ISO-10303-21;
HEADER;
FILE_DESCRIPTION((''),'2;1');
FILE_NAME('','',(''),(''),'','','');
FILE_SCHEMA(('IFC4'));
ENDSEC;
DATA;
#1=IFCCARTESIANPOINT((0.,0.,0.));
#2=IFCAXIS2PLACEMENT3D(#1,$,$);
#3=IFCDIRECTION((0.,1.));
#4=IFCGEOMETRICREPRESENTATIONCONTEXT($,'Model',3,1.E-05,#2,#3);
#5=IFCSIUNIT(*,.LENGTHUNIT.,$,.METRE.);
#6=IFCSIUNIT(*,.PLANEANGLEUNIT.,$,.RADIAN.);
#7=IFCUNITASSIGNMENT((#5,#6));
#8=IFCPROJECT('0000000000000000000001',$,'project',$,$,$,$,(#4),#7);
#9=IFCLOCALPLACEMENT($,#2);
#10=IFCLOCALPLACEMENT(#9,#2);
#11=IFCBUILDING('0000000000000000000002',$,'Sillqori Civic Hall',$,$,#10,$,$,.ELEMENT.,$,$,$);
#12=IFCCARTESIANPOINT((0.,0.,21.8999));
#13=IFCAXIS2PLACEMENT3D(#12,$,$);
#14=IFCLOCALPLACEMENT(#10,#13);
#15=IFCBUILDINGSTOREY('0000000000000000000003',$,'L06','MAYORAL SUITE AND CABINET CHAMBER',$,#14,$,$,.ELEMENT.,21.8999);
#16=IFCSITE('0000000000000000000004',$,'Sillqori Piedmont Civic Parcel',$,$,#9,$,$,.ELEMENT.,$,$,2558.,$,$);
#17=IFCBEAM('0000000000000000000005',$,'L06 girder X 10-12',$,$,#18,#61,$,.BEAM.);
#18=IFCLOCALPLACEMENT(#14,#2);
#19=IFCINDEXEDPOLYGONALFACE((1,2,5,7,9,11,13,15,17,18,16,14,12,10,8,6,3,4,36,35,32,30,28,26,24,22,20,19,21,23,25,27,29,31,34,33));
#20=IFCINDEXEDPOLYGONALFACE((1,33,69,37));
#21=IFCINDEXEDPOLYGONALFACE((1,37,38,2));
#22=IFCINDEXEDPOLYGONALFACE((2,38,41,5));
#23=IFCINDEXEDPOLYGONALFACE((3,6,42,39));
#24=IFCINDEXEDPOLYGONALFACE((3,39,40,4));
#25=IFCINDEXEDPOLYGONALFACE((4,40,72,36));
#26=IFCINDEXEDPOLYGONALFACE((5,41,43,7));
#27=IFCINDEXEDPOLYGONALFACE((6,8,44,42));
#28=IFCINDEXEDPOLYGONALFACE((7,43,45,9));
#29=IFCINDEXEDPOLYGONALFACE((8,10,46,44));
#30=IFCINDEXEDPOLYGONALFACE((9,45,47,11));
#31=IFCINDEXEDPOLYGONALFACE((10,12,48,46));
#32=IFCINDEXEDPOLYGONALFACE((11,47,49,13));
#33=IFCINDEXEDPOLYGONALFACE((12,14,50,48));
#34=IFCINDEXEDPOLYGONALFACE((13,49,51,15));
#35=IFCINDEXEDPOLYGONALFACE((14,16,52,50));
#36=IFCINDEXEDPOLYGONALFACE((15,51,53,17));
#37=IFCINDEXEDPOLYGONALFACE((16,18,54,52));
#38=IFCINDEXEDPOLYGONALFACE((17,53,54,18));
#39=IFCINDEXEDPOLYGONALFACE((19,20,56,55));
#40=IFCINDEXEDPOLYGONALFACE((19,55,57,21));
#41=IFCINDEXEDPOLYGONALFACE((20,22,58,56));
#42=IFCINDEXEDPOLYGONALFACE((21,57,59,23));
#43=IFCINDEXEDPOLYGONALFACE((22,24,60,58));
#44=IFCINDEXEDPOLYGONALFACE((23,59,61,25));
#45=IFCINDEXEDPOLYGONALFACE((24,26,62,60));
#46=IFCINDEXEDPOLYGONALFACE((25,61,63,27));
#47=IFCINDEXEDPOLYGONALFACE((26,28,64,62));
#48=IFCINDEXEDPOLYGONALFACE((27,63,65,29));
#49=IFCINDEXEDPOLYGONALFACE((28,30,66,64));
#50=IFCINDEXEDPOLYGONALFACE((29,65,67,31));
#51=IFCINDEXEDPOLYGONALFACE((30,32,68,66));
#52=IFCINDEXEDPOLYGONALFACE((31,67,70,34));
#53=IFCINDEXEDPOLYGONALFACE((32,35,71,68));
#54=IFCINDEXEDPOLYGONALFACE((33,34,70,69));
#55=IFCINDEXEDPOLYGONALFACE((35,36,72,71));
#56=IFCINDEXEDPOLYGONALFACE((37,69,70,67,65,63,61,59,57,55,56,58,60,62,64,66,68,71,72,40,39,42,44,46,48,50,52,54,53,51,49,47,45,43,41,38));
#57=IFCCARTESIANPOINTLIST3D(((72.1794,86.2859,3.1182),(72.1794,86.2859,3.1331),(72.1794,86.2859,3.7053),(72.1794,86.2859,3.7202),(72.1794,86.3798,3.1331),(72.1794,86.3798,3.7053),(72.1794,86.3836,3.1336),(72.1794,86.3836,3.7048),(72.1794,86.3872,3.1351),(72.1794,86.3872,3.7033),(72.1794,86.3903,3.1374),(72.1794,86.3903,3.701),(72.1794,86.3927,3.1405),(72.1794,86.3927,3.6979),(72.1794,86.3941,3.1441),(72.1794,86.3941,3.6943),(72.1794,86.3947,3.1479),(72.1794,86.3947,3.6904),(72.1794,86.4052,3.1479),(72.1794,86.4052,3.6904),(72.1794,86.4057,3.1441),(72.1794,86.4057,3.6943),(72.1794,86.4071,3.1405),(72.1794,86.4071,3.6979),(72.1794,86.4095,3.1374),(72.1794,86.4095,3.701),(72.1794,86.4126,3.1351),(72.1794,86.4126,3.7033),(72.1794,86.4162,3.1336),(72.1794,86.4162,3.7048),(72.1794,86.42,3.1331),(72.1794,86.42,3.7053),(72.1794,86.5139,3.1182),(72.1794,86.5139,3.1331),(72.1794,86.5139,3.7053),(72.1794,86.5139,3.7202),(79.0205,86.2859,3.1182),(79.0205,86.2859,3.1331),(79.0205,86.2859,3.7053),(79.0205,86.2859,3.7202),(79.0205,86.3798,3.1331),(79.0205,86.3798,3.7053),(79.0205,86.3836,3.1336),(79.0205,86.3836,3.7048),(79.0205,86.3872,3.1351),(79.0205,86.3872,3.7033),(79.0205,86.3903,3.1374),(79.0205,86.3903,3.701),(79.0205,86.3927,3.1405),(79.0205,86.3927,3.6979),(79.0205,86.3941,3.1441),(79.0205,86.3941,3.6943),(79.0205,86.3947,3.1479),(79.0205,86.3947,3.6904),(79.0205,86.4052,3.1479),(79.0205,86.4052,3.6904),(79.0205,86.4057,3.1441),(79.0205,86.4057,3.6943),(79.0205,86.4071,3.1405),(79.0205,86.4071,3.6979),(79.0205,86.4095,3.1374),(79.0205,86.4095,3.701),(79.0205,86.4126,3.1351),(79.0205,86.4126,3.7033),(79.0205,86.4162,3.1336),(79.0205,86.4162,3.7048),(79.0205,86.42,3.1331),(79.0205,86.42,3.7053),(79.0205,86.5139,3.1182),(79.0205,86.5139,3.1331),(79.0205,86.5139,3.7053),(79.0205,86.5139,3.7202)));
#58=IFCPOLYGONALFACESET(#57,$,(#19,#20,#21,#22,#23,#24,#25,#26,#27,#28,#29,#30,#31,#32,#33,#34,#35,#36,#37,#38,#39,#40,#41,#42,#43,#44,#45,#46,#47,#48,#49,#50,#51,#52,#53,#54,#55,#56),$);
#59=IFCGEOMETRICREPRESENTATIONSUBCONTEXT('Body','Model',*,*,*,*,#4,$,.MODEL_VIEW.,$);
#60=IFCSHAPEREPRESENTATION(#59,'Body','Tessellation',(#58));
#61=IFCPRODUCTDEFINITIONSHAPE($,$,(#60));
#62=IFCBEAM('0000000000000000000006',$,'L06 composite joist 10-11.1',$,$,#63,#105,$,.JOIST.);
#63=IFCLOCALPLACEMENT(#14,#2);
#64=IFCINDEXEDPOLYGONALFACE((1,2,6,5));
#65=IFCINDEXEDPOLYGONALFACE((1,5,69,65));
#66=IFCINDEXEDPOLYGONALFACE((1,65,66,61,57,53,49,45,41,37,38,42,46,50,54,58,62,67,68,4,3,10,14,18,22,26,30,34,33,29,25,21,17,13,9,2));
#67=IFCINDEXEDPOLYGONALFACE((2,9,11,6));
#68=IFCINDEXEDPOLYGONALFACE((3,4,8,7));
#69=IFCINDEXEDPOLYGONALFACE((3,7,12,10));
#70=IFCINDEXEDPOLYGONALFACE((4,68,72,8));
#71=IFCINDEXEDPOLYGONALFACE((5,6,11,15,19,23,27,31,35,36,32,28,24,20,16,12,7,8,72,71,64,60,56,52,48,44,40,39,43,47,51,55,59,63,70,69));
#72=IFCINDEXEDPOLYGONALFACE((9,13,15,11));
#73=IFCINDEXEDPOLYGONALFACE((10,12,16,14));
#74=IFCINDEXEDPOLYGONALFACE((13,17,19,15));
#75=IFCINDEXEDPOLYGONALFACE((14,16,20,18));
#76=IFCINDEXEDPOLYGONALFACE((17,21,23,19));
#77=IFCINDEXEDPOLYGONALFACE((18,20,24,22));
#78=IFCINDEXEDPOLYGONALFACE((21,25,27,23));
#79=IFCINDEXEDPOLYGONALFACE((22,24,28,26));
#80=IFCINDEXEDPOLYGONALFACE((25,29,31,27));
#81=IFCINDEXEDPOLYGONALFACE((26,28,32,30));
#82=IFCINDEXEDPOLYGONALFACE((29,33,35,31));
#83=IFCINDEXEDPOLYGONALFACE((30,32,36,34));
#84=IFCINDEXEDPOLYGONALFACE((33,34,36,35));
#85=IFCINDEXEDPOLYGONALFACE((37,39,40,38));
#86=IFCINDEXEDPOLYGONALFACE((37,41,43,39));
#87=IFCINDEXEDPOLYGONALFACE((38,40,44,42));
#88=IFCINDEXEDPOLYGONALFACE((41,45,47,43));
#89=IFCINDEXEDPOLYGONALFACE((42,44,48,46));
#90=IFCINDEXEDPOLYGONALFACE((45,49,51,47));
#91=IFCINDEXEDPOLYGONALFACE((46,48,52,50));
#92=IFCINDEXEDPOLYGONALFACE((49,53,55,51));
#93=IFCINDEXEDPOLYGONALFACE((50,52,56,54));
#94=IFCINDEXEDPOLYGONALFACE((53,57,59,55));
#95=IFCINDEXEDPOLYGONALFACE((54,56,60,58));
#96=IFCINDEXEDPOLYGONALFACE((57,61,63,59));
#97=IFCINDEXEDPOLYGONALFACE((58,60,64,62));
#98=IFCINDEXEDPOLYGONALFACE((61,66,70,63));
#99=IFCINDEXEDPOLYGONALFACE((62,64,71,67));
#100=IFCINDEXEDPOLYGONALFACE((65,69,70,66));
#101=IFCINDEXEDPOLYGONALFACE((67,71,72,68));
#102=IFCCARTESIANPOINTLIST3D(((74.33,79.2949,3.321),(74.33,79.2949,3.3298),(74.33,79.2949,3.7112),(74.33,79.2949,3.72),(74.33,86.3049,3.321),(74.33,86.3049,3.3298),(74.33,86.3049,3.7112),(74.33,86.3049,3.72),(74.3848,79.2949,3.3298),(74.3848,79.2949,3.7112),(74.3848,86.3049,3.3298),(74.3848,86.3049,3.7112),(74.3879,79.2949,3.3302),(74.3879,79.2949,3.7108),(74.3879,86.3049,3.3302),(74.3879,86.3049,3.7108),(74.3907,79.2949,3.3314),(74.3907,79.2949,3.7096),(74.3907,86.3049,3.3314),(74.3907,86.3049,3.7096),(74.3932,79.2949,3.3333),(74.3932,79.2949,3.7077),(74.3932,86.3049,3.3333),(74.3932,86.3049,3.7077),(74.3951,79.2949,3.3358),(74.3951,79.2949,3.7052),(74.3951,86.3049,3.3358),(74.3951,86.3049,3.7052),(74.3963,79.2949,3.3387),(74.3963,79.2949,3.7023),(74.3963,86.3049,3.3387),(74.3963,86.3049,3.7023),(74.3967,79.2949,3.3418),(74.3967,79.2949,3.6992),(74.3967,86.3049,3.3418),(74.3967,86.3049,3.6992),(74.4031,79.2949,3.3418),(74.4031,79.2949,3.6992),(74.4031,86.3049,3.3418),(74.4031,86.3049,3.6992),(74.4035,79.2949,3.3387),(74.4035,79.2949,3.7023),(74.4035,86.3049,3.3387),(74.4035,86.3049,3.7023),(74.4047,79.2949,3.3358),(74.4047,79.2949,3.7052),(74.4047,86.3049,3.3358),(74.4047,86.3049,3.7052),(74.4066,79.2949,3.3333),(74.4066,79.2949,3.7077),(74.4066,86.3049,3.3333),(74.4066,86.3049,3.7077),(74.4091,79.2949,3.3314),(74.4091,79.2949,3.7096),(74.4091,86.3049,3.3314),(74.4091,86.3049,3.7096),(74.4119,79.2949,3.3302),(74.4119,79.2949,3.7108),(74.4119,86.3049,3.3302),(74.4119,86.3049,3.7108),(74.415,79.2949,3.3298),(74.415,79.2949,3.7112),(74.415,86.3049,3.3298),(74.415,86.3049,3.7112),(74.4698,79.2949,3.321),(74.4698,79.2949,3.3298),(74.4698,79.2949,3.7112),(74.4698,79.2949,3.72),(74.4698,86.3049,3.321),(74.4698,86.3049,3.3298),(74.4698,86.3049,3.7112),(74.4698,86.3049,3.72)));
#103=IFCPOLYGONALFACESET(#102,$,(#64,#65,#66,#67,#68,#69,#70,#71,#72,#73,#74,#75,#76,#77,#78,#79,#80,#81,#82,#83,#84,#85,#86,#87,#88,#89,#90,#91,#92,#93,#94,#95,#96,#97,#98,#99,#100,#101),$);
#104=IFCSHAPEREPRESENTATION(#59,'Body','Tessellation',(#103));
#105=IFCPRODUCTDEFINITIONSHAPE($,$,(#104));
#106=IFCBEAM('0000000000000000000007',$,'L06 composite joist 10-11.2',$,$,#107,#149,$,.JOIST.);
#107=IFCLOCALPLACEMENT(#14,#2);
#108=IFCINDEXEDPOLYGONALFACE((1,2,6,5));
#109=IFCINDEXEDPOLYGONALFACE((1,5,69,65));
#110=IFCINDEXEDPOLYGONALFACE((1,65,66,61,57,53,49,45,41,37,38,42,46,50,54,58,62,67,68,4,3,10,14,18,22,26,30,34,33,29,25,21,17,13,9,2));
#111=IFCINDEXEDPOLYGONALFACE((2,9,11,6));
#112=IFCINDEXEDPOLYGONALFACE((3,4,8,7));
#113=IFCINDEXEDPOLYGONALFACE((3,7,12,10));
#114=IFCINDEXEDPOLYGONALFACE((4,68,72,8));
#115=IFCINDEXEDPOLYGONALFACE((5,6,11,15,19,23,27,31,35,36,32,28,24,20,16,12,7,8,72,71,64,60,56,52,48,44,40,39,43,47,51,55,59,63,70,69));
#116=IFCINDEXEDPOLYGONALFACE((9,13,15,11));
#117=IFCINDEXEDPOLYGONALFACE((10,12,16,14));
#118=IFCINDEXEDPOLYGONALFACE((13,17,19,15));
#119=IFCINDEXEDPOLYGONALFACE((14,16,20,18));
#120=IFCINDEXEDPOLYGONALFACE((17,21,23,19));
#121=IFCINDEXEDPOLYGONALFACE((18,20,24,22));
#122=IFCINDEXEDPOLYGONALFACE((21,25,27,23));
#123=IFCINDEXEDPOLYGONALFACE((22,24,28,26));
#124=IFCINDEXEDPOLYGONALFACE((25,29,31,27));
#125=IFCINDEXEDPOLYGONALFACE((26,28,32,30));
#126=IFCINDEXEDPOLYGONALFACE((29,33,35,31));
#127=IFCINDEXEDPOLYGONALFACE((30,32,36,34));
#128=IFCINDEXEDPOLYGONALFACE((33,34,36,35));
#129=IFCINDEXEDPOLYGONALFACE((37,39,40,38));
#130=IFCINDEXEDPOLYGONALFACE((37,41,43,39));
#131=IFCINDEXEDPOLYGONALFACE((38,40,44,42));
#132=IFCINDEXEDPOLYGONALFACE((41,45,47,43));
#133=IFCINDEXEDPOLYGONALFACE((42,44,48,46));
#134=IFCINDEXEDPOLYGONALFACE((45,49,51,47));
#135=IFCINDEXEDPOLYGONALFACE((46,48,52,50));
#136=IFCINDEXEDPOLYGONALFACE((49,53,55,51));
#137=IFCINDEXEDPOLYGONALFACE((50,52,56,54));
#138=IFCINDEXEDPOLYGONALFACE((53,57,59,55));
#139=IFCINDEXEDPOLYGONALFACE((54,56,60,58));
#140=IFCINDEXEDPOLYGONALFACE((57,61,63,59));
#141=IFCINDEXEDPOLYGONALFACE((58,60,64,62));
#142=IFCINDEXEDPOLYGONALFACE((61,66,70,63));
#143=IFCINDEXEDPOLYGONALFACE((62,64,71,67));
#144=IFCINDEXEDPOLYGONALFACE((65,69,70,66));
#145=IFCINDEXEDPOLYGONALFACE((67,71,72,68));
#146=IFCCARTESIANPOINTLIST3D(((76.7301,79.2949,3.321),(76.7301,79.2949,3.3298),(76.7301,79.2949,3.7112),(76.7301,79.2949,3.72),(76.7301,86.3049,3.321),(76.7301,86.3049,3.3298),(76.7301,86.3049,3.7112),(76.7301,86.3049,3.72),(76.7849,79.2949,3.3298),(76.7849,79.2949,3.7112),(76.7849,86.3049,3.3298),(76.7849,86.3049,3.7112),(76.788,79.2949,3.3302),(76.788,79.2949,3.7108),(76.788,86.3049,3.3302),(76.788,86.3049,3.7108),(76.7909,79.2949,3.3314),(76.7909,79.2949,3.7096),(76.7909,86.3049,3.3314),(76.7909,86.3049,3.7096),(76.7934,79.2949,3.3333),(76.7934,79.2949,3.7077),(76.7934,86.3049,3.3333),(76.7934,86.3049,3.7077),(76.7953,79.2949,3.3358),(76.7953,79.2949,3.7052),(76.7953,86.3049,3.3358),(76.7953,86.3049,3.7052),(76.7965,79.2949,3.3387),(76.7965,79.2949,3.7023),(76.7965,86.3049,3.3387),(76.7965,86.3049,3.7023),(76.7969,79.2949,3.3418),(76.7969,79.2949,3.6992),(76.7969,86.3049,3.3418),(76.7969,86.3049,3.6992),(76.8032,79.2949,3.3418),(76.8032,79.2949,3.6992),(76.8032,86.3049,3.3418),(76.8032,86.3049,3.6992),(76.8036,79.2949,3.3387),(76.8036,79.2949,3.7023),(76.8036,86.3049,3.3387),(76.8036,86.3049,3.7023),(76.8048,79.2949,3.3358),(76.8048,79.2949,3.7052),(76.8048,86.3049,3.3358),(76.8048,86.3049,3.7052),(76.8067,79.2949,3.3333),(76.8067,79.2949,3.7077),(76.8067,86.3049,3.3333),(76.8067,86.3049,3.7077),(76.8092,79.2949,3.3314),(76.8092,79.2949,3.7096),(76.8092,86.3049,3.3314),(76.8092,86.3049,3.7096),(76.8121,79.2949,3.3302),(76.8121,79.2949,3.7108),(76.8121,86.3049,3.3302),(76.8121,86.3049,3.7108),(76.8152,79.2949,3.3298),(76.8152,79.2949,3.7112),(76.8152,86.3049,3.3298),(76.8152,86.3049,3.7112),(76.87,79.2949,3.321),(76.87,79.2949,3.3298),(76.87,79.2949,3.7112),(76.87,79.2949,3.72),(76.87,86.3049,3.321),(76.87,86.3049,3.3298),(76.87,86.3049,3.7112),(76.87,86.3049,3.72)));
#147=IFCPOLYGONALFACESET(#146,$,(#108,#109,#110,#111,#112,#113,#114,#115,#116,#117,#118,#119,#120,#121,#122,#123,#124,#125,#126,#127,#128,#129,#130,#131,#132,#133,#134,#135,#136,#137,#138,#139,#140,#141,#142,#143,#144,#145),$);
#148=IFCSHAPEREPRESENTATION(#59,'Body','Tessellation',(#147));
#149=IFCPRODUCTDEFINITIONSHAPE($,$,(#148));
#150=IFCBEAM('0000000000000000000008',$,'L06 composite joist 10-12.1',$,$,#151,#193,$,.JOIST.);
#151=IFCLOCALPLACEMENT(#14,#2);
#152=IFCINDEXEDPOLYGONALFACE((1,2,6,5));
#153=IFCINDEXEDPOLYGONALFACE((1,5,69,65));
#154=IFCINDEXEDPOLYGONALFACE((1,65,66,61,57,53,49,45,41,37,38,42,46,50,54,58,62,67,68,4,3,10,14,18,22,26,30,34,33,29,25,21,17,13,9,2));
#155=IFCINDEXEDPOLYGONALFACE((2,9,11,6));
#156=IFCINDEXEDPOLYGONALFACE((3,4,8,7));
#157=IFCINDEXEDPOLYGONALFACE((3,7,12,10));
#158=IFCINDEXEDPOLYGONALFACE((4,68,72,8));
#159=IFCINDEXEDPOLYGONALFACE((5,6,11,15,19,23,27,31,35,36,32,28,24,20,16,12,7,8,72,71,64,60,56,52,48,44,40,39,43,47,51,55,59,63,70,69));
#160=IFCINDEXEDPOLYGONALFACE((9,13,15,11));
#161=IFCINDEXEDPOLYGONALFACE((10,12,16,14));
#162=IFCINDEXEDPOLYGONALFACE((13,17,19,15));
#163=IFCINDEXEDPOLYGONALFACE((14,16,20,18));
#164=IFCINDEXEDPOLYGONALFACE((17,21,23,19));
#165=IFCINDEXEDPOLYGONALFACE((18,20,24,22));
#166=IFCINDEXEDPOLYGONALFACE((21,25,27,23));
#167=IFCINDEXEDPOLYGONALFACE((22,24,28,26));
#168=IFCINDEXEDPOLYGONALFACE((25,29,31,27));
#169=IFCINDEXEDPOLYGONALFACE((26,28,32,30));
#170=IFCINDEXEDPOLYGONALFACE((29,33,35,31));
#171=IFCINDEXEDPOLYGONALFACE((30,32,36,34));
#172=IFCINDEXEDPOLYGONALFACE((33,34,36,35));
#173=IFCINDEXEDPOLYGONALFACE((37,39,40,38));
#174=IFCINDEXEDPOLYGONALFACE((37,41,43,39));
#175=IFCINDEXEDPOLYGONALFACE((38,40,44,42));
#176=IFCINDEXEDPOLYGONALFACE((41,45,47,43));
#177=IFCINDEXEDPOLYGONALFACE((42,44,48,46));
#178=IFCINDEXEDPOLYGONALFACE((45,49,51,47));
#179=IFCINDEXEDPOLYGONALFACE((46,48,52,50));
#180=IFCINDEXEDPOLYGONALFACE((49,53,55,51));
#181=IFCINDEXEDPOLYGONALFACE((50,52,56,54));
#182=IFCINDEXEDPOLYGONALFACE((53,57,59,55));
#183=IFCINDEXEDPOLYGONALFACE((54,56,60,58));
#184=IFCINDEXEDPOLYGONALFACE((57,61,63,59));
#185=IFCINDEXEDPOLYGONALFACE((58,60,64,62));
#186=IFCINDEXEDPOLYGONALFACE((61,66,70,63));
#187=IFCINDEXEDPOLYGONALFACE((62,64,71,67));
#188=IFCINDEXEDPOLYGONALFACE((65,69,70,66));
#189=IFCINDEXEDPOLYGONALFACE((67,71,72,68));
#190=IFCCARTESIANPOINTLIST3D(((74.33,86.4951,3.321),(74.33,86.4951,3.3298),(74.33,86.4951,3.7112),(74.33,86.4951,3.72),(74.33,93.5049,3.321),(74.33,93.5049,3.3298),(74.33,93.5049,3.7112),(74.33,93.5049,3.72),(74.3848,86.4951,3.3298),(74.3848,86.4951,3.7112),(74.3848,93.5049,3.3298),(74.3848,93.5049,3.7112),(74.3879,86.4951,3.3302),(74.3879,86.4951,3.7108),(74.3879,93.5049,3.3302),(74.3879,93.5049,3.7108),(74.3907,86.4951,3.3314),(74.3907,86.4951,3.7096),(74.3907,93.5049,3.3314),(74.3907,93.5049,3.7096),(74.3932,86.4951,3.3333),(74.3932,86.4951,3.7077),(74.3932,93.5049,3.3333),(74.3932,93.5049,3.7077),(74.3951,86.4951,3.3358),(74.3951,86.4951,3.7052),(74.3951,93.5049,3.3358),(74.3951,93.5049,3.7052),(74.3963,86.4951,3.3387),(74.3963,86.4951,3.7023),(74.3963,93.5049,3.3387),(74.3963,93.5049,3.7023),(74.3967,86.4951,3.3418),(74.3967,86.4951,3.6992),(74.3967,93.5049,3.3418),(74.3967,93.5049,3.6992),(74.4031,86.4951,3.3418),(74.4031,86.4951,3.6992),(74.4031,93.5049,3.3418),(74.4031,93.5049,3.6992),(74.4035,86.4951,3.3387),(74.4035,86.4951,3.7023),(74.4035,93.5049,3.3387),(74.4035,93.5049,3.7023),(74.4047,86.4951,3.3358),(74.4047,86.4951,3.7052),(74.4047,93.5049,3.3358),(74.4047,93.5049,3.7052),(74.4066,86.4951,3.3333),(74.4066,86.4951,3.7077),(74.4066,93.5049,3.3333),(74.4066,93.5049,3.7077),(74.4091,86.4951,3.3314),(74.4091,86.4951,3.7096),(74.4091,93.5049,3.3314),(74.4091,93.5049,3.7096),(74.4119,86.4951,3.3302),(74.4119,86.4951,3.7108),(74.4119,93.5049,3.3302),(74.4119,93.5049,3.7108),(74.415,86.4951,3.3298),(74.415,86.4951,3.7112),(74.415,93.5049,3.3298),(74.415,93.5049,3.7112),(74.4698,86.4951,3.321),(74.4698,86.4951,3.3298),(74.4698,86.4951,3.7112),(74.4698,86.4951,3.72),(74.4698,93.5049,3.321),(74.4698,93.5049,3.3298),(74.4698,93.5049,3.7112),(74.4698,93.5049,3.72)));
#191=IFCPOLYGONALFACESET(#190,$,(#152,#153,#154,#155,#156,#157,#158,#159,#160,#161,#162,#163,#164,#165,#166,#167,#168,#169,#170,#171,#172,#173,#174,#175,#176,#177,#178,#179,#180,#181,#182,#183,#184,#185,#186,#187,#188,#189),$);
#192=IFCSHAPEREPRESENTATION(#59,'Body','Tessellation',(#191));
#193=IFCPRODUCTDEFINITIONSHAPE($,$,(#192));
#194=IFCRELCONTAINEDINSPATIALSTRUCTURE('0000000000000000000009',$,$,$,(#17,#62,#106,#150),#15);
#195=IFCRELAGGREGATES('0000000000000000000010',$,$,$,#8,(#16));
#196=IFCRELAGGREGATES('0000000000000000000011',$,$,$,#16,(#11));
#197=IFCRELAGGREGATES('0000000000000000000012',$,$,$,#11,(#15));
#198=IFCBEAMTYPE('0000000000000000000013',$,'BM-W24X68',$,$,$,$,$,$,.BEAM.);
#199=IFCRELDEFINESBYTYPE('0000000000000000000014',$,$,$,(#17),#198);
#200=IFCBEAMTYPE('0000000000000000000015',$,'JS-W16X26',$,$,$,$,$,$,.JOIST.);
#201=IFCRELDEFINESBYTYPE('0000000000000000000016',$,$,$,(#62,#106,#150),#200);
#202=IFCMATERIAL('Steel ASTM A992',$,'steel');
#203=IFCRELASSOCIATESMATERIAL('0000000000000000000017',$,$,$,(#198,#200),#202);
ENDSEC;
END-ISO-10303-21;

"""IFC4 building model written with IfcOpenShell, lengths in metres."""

from ifc_helpers import new_model, si_unit, direction, frame, origin, origin_2d, place, context, subcontext, project, spatial, i_section, extrude, material, material_profile, profile_set, type_object, element, save


model = new_model("IFC4")

# Units and contexts
model_context = context("Model", 3, precision=1e-05, world=origin(), true_north=direction((0.0, 1.0)))
body_context = subcontext(model_context, "Body", "Model", "MODEL_VIEW")
ifc_project = project(units=[si_unit("LENGTHUNIT", "METRE"), si_unit("PLANEANGLEUNIT", "RADIAN")], contexts=[model_context])

# Site, building, storey
site_placement = place(None, origin())
site = spatial("IfcSite", under=ifc_project, at=site_placement, Name="Sillqori Piedmont Civic Parcel", CompositionType="ELEMENT", RefElevation=2558.0)
building_placement = place(site_placement, origin())
building = spatial("IfcBuilding", under=site, at=building_placement, Name="Sillqori Civic Hall", CompositionType="ELEMENT")
storey_placement = place(building_placement, frame((0.0, 0.0, 21.8999)))
storey = spatial("IfcBuildingStorey", under=building, at=storey_placement, Name="L06", Description="MAYORAL SUITE AND CABINET CHAMBER", CompositionType="ELEMENT", Elevation=21.8999)

# Shared definitions
ifc_material_1 = material(Name="Steel ASTM A992", Category="steel")

# Beams
ifc_material_profile_1 = material_profile(ifc_material_1, i_section(OverallWidth=0.228, OverallDepth=0.6021, WebThickness=0.0105, FlangeThickness=0.0149, FilletRadius=0.0149, at=origin_2d()), Name="W24X68")
ifc_profile_set_1 = profile_set([ifc_material_profile_1], Name="Steel ASTM A992")
beam_type_1 = type_object("IfcBeamType", Name="BM-W24X68", PredefinedType="BEAM", material=ifc_profile_set_1)
beam_1_placement = place(storey_placement, frame((72.1794, 86.3999, 3.4192), z_axis=(1.0, 0.0, 0.0), x_axis=(0.0, 1.0, 0.0)))
element("IfcBeam", 1, at=beam_1_placement, inside=storey, type_object=beam_type_1, Name="L06 girder X 10-12", PredefinedType="BEAM", context=body_context, shape_type="SweptSolid", body=[
    extrude(i_section(OverallWidth=0.228, OverallDepth=0.6021, WebThickness=0.0105, FlangeThickness=0.0149, FilletRadius=0.0149, at=origin_2d()), origin(), (0.0, 0.0, 1.0), 6.8411),
])
ifc_material_profile_2 = material_profile(ifc_material_1, i_section(OverallWidth=0.1399, OverallDepth=0.3989, WebThickness=0.0063, FlangeThickness=0.0088, FilletRadius=0.012, at=origin_2d()), Name="W16X26")
ifc_profile_set_2 = profile_set([ifc_material_profile_2], Name="Steel ASTM A992")
beam_type_2 = type_object("IfcBeamType", Name="JS-W16X26", PredefinedType="JOIST", material=ifc_profile_set_2)
for number, where, z_axis, x_axis, name in (
    (2, (74.3999, 79.2949, 3.5205), (0.0, 1.0, 0.0), (-1.0, 0.0, 0.0), "L06 composite joist 10-11.1"),
    (3, (76.8, 79.2949, 3.5205), (0.0, 1.0, 0.0), (-1.0, 0.0, 0.0), "L06 composite joist 10-11.2"),
):
    element("IfcBeam", number, at=place(storey_placement, frame(where, z_axis=z_axis, x_axis=x_axis)), inside=storey, type_object=beam_type_2, Name=name, PredefinedType="JOIST", context=body_context, shape_type="SweptSolid", body=[
        extrude(i_section(OverallWidth=0.1399, OverallDepth=0.3989, WebThickness=0.0063, FlangeThickness=0.0088, FilletRadius=0.012, at=origin_2d()), origin(), (0.0, 0.0, 1.0), 7.01),
    ])
for number, where, z_axis, x_axis, name in (
    (4, (74.3999, 86.4951, 3.5205), (0.0, 1.0, 0.0), (-1.0, 0.0, 0.0), "L06 composite joist 10-12.1"),
):
    element("IfcBeam", number, at=place(storey_placement, frame(where, z_axis=z_axis, x_axis=x_axis)), inside=storey, type_object=beam_type_2, Name=name, PredefinedType="JOIST", context=body_context, shape_type="SweptSolid", body=[
        extrude(i_section(OverallWidth=0.1399, OverallDepth=0.3989, WebThickness=0.0063, FlangeThickness=0.0088, FilletRadius=0.012, at=origin_2d()), origin(), (0.0, 0.0, 1.0), 7.0098),
    ])

save(model, "model.ifc")
